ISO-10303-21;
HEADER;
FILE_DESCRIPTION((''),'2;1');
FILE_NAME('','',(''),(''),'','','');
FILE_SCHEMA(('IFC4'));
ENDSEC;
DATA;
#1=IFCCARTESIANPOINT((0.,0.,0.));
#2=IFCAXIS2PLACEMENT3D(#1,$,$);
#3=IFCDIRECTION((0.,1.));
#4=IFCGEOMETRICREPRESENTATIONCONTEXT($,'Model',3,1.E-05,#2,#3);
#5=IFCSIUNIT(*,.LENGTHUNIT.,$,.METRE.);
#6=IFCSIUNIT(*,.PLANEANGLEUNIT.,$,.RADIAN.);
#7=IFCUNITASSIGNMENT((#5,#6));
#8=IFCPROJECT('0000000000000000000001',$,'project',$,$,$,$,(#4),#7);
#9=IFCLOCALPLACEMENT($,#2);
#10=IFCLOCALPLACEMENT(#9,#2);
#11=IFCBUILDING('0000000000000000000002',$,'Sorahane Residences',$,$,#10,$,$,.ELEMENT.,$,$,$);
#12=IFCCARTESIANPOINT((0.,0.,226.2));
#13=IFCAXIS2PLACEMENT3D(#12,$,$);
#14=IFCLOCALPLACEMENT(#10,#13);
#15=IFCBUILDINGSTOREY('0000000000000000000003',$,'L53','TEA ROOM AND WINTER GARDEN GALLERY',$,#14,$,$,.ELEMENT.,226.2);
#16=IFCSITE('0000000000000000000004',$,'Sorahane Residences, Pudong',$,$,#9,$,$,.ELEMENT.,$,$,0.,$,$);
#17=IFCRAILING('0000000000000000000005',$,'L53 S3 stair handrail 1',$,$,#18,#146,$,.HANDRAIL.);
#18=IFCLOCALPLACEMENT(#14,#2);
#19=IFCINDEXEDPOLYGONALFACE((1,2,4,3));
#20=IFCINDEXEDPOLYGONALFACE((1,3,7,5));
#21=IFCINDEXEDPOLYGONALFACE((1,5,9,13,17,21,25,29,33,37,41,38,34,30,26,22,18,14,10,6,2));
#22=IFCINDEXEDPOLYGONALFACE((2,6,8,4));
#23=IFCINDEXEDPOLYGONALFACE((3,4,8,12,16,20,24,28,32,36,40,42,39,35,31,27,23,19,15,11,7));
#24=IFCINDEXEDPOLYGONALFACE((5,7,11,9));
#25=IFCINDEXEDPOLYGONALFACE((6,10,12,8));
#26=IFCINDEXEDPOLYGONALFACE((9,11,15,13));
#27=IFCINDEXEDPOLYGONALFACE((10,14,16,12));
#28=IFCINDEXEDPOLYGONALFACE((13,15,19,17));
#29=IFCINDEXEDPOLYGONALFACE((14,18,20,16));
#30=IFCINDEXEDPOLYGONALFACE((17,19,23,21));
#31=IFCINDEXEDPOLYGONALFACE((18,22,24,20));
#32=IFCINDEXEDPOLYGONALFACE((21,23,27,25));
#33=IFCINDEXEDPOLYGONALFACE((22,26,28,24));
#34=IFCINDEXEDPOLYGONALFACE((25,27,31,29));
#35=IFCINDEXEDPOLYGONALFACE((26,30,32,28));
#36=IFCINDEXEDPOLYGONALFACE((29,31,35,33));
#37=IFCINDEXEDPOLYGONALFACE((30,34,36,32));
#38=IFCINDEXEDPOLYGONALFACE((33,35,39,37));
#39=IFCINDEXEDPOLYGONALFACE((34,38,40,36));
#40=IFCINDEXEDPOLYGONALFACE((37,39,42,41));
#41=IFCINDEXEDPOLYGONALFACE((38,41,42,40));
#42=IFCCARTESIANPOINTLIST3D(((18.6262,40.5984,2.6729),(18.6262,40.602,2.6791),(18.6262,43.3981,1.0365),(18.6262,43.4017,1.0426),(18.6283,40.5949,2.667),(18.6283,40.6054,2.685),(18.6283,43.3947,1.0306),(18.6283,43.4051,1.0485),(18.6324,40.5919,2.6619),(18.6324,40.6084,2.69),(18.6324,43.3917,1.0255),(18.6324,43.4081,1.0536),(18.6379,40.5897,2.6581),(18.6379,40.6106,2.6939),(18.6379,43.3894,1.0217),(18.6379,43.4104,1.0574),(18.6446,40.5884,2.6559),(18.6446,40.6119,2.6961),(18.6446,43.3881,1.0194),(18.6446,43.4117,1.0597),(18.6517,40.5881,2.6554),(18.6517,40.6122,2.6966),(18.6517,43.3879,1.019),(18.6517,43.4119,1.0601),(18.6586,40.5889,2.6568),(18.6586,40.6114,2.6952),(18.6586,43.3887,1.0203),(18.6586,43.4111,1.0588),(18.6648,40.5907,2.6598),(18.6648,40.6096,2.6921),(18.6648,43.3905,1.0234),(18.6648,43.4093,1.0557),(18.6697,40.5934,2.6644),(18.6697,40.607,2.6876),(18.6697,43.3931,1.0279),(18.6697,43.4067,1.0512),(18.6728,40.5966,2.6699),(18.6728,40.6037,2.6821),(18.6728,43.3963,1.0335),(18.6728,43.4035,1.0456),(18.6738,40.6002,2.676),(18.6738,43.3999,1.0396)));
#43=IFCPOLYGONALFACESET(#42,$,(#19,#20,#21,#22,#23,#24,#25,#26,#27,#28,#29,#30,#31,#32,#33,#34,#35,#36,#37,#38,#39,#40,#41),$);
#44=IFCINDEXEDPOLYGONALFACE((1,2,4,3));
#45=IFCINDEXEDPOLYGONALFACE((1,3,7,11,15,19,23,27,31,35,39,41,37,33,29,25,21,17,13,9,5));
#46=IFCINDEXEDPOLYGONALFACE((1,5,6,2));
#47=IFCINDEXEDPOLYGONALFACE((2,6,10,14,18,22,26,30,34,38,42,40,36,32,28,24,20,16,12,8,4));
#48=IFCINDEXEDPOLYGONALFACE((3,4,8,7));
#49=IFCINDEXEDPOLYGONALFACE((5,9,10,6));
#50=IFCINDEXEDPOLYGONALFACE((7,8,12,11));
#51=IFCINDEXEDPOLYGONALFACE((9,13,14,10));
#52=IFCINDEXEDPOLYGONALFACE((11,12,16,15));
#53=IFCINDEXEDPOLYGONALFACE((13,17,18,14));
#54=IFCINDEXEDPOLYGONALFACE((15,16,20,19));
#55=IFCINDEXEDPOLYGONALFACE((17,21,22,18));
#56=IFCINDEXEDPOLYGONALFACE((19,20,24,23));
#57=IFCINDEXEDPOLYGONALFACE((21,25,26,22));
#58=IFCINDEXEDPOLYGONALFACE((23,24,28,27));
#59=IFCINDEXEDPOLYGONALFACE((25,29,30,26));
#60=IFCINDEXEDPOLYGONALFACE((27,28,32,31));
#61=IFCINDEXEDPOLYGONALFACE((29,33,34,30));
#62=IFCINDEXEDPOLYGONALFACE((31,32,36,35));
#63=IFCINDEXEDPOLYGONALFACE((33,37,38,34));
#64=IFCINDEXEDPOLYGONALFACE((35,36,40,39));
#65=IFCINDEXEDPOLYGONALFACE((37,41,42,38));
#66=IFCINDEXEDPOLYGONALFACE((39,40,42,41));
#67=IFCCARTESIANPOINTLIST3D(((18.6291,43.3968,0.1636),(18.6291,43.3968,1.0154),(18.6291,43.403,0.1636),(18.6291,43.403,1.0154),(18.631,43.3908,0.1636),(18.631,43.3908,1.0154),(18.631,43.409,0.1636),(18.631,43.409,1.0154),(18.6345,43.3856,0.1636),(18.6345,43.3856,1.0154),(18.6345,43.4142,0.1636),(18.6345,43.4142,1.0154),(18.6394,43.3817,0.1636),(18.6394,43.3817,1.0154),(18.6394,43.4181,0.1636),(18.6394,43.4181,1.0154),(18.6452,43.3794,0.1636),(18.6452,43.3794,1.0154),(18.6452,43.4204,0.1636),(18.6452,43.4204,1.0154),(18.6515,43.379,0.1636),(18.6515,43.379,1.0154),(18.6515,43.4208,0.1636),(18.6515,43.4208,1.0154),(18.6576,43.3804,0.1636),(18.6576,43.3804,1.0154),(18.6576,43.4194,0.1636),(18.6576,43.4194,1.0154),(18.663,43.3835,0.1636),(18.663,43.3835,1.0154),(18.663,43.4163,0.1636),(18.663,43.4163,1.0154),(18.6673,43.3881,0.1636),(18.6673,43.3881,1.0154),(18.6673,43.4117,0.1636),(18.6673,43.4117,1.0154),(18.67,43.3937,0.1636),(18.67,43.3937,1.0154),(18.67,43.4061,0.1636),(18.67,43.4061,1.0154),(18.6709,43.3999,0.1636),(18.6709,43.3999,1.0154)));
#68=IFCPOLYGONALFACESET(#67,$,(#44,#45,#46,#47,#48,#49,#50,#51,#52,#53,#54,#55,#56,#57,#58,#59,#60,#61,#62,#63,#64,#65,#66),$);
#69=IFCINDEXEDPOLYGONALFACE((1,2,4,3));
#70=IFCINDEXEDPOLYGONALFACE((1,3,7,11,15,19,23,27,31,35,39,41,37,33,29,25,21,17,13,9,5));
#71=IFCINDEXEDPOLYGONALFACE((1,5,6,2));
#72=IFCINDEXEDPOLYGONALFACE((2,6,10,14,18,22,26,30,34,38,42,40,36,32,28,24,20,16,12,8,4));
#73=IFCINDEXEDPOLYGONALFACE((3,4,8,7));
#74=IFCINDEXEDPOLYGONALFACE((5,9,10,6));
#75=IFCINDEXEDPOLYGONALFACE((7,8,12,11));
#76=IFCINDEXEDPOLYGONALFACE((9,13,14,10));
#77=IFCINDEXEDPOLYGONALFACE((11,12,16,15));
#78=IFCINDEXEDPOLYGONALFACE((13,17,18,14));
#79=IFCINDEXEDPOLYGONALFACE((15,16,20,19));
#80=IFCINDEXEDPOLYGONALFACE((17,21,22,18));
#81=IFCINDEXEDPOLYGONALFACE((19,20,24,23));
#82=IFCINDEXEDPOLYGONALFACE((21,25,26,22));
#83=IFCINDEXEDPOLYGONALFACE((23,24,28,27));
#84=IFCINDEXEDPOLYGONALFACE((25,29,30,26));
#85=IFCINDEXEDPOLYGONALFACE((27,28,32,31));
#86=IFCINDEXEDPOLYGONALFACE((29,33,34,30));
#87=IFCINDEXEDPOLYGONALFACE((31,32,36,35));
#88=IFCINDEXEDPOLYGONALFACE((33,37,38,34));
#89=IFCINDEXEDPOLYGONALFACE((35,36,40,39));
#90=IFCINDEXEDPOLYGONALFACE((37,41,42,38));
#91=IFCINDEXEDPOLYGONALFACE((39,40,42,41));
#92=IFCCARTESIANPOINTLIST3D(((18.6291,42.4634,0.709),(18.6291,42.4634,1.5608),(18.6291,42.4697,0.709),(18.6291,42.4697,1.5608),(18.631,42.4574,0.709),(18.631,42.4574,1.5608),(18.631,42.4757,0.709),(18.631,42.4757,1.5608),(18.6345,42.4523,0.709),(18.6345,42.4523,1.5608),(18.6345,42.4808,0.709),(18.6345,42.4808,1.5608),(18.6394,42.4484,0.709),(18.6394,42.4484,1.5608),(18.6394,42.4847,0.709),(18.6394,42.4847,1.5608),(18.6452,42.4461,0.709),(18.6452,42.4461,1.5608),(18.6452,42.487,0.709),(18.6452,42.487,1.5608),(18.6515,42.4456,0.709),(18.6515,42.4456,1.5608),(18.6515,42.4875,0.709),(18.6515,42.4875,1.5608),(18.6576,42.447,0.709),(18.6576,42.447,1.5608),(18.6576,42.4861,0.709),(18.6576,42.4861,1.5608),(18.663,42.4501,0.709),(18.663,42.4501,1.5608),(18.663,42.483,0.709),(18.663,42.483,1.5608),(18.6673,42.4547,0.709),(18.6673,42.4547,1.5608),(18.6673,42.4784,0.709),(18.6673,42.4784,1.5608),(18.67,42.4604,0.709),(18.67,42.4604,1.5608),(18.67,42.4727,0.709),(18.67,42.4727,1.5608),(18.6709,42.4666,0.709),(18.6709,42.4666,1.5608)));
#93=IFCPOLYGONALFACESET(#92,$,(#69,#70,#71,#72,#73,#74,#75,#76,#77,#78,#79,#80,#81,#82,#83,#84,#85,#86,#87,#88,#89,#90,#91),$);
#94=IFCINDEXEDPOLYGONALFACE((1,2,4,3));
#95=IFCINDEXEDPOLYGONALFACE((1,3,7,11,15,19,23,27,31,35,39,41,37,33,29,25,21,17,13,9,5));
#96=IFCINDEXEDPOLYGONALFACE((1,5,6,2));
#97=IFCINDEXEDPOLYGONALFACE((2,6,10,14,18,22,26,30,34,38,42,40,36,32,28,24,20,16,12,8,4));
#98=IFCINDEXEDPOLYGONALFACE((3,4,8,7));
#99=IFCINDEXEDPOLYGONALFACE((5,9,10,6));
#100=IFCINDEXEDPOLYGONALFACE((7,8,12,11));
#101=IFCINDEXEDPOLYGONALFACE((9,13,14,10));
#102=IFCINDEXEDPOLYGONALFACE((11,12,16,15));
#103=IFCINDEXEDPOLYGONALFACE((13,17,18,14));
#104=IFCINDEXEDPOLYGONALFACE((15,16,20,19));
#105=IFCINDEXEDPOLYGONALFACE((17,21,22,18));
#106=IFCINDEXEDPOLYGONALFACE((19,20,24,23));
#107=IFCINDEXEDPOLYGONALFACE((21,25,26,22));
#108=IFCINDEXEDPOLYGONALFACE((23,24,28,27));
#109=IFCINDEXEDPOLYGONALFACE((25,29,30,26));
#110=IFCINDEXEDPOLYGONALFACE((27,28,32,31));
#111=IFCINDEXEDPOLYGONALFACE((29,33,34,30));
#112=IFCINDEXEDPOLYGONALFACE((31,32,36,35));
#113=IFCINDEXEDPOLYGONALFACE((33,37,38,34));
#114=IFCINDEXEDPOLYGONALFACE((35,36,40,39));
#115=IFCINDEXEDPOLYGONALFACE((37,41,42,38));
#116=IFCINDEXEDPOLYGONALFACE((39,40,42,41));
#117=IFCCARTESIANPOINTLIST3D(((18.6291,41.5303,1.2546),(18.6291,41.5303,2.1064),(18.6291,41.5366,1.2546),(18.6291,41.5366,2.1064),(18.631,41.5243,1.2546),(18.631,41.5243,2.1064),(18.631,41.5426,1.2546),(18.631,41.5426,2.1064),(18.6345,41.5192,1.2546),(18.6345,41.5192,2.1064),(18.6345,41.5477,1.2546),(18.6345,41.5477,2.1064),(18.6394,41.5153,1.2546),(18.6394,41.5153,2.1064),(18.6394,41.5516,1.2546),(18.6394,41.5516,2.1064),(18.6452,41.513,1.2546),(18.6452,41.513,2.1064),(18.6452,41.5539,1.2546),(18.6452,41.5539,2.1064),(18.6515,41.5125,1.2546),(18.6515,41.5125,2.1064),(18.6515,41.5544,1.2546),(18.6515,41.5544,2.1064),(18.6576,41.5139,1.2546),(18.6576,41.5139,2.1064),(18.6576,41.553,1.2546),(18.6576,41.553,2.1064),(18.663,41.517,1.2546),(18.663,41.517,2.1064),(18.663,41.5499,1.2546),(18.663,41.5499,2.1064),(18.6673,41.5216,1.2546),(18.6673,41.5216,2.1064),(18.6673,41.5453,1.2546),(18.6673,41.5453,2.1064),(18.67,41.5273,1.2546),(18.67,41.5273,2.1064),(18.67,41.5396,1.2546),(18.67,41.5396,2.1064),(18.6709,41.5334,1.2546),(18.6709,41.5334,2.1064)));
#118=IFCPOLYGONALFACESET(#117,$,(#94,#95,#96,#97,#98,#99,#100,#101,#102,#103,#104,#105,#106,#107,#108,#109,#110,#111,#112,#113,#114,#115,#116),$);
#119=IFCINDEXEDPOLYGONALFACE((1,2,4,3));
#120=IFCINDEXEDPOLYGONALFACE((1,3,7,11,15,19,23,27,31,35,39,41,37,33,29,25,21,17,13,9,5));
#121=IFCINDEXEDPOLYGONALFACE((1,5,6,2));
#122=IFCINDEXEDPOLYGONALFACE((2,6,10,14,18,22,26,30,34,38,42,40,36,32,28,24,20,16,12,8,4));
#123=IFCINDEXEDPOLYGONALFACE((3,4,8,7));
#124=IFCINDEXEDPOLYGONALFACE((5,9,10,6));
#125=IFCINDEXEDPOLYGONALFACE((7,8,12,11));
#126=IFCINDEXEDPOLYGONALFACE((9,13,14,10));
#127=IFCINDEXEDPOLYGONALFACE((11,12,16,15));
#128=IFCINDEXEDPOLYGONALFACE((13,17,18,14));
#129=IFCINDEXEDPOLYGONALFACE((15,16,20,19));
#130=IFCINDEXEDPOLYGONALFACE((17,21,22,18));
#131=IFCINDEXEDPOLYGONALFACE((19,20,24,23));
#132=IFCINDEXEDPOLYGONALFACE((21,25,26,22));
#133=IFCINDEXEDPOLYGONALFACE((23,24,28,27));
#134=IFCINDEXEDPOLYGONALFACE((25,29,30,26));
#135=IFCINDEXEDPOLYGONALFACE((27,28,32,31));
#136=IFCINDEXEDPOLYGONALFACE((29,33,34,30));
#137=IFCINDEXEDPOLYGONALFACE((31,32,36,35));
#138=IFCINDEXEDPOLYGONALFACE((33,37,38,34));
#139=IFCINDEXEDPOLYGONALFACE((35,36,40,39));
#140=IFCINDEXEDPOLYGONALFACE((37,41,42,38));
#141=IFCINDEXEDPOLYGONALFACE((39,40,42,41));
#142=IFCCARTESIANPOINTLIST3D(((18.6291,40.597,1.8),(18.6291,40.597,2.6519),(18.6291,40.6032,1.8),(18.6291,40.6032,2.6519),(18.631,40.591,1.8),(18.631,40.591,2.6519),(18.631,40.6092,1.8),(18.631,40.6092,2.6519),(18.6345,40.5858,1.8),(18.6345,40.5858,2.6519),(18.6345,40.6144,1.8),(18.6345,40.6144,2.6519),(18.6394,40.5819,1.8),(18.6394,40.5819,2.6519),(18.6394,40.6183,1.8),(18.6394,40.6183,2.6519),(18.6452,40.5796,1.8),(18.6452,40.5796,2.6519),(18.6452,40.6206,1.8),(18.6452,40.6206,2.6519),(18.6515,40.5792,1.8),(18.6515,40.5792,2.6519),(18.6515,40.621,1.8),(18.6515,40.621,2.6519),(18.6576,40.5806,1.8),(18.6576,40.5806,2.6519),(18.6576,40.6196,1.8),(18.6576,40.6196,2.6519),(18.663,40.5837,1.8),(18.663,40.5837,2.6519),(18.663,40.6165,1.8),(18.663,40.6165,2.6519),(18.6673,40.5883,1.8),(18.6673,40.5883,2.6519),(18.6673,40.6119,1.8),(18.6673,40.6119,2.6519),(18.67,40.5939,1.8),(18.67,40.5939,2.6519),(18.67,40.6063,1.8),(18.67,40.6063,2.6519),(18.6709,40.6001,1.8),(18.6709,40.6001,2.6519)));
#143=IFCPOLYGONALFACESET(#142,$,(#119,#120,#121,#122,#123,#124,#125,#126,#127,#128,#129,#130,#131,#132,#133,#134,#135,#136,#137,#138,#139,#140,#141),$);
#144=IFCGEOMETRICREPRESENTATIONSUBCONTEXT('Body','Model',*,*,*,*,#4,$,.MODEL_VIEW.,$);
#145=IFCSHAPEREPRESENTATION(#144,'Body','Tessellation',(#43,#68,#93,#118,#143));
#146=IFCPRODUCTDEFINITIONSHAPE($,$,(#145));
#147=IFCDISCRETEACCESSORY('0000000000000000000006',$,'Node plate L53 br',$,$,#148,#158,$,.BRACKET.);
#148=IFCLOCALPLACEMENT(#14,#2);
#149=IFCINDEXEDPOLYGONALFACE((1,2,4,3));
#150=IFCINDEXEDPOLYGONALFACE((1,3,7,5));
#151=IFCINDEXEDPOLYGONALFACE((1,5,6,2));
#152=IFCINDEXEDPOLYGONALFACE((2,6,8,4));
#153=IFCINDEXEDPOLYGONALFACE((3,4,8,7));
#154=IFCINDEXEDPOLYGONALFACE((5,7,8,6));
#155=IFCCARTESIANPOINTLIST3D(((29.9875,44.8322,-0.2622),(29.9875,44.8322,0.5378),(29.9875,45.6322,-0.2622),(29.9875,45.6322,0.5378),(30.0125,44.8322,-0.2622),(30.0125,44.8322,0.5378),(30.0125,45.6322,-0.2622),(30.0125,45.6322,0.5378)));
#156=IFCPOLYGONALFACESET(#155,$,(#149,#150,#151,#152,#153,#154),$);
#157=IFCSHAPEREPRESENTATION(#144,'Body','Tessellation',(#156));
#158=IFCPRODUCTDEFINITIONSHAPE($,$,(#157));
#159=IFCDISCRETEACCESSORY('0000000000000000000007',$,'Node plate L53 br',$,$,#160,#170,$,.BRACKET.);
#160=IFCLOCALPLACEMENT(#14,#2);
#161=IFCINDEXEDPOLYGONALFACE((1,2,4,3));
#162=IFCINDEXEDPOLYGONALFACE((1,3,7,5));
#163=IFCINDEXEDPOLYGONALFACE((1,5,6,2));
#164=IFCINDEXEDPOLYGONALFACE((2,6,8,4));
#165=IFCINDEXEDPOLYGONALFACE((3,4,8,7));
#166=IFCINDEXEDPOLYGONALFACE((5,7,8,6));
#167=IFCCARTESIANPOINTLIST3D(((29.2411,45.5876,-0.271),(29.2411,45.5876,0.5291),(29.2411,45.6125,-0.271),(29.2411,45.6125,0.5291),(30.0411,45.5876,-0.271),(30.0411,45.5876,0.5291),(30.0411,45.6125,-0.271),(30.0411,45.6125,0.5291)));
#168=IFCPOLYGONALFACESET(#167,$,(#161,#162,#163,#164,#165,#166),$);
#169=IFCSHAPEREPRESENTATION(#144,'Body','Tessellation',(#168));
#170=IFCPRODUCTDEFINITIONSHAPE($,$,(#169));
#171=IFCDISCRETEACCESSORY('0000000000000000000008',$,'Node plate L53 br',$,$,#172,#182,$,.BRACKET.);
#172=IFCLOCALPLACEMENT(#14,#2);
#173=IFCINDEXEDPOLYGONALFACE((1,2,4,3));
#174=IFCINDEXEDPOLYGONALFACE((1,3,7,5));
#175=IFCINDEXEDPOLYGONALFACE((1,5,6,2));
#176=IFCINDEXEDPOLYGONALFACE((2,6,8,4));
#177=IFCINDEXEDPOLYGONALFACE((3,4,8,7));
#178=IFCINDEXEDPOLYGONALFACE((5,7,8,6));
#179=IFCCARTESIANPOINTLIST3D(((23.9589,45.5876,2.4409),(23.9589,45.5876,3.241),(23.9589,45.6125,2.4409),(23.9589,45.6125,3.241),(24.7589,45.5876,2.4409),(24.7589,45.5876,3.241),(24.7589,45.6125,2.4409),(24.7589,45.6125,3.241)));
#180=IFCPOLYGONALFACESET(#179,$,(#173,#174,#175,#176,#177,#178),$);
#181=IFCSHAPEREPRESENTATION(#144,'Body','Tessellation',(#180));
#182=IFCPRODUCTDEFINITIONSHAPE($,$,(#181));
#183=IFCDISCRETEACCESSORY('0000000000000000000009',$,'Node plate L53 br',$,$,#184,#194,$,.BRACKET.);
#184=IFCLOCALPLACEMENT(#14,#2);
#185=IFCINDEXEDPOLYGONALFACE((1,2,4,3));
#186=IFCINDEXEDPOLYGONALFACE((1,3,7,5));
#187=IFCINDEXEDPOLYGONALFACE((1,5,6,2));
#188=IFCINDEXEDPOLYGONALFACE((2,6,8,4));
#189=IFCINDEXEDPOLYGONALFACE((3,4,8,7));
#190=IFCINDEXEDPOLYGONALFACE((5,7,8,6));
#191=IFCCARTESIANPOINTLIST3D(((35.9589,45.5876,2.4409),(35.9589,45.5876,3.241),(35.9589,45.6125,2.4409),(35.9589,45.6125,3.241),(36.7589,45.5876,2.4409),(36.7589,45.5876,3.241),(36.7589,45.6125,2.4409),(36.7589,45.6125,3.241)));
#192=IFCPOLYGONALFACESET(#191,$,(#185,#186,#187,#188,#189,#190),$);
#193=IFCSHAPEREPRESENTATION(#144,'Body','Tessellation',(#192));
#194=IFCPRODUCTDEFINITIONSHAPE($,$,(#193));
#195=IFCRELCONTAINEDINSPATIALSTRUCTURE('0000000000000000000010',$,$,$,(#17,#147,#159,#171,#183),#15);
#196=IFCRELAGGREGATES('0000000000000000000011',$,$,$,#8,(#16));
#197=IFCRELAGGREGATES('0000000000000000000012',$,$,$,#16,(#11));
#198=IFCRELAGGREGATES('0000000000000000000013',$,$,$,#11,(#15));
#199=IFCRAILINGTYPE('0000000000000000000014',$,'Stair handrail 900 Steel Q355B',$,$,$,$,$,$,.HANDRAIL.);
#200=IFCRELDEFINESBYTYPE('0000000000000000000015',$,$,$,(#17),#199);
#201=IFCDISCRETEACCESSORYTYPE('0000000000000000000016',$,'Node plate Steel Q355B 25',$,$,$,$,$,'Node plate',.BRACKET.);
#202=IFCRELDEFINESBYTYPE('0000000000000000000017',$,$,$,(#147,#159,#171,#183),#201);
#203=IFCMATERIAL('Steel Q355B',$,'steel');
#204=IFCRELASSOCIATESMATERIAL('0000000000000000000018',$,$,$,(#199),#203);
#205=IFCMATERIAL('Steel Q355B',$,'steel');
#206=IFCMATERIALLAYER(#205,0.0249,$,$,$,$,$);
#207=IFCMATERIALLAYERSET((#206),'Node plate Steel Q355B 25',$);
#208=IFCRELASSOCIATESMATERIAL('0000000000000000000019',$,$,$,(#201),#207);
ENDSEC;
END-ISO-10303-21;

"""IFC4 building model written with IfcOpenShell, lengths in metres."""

from ifc_helpers import new_model, si_unit, direction, frame, origin, origin_2d, place, context, subcontext, project, spatial, rectangle, circle, extrude, material, layer, layer_set, type_object, element, save


model = new_model("IFC4")

# Units and contexts
model_context = context("Model", 3, precision=1e-05, world=origin(), true_north=direction((0.0, 1.0)))
body_context = subcontext(model_context, "Body", "Model", "MODEL_VIEW")
ifc_project = project(units=[si_unit("LENGTHUNIT", "METRE"), si_unit("PLANEANGLEUNIT", "RADIAN")], contexts=[model_context])

# Site, building, storey
site_placement = place(None, origin())
site = spatial("IfcSite", under=ifc_project, at=site_placement, Name="Sorahane Residences, Pudong", CompositionType="ELEMENT", RefElevation=0.0)
building_placement = place(site_placement, origin())
building = spatial("IfcBuilding", under=site, at=building_placement, Name="Sorahane Residences", CompositionType="ELEMENT")
storey_placement = place(building_placement, frame((0.0, 0.0, 226.2)))
storey = spatial("IfcBuildingStorey", under=building, at=storey_placement, Name="L53", Description="TEA ROOM AND WINTER GARDEN GALLERY", CompositionType="ELEMENT", Elevation=226.2)

# Railing
ifc_material_1 = material(Name="Steel Q355B", Category="steel")
railing_type_1 = type_object("IfcRailingType", Name="Stair handrail 900 Steel Q355B", PredefinedType="HANDRAIL", material=ifc_material_1)
railing_1_placement = place(storey_placement, frame((18.6499, 43.3999, 0.1636)))
element("IfcRailing", 1, at=railing_1_placement, inside=storey, type_object=railing_type_1, Name="L53 S3 stair handrail 1", PredefinedType="HANDRAIL", context=body_context, shape_type="SweptSolid", body=[
    extrude(circle(Radius=0.0239, at=origin_2d()), frame((0.0, 0.0, 0.876), z_axis=(0.0, -0.863342, 0.50462), x_axis=(1.0, 0.0, 0.0)), (0.0, 0.0, 1.0), 3.2429),
    extrude(circle(Radius=0.021, at=origin_2d()), origin(), (0.0, 0.0, 1.0), 0.8518),
    extrude(circle(Radius=0.021, at=origin_2d()), frame((0.0, -0.9333, 0.5454)), (0.0, 0.0, 1.0), 0.8518),
    extrude(circle(Radius=0.021, at=origin_2d()), frame((0.0, -1.8665, 1.0911)), (0.0, 0.0, 1.0), 0.8518),
    extrude(circle(Radius=0.021, at=origin_2d()), frame((0.0, -2.7998, 1.6365)), (0.0, 0.0, 1.0), 0.8518),
])

# Discrete accessories
ifc_material_2 = material(Name="Steel Q355B", Category="steel")
ifc_layer_1 = layer(ifc_material_2, 0.0249)
ifc_layer_set_1 = layer_set([ifc_layer_1], Name="Node plate Steel Q355B 25")
discrete_accessory_type = type_object("IfcDiscreteAccessoryType", Name="Node plate Steel Q355B 25", ElementType="Node plate", PredefinedType="BRACKET", material=ifc_layer_set_1)
for number, where, z_axis, x_axis, name in (
    (2, (30.0, 45.2322, -0.2622), (0.0, 0.0, 1.0), (0.0, 1.0, 0.0), "Node plate L53 br"),
    (3, (29.6411, 45.6001, -0.271), (0.0, 0.0, 1.0), (1.0, 0.0, 0.0), "Node plate L53 br"),
    (4, (24.3589, 45.6001, 2.4409), (0.0, 0.0, 1.0), (1.0, 0.0, 0.0), "Node plate L53 br"),
    (5, (36.3589, 45.6001, 2.4409), (0.0, 0.0, 1.0), (1.0, 0.0, 0.0), "Node plate L53 br"),
):
    element("IfcDiscreteAccessory", number, at=place(storey_placement, frame(where, z_axis=z_axis, x_axis=x_axis)), inside=storey, type_object=discrete_accessory_type, Name=name, PredefinedType="BRACKET", context=body_context, shape_type="SweptSolid", body=[
        extrude(rectangle(XDim=0.8, YDim=0.0249, at=origin_2d()), origin(), (0.0, 0.0, 1.0), 0.8),
    ])

save(model, "model.ifc")
